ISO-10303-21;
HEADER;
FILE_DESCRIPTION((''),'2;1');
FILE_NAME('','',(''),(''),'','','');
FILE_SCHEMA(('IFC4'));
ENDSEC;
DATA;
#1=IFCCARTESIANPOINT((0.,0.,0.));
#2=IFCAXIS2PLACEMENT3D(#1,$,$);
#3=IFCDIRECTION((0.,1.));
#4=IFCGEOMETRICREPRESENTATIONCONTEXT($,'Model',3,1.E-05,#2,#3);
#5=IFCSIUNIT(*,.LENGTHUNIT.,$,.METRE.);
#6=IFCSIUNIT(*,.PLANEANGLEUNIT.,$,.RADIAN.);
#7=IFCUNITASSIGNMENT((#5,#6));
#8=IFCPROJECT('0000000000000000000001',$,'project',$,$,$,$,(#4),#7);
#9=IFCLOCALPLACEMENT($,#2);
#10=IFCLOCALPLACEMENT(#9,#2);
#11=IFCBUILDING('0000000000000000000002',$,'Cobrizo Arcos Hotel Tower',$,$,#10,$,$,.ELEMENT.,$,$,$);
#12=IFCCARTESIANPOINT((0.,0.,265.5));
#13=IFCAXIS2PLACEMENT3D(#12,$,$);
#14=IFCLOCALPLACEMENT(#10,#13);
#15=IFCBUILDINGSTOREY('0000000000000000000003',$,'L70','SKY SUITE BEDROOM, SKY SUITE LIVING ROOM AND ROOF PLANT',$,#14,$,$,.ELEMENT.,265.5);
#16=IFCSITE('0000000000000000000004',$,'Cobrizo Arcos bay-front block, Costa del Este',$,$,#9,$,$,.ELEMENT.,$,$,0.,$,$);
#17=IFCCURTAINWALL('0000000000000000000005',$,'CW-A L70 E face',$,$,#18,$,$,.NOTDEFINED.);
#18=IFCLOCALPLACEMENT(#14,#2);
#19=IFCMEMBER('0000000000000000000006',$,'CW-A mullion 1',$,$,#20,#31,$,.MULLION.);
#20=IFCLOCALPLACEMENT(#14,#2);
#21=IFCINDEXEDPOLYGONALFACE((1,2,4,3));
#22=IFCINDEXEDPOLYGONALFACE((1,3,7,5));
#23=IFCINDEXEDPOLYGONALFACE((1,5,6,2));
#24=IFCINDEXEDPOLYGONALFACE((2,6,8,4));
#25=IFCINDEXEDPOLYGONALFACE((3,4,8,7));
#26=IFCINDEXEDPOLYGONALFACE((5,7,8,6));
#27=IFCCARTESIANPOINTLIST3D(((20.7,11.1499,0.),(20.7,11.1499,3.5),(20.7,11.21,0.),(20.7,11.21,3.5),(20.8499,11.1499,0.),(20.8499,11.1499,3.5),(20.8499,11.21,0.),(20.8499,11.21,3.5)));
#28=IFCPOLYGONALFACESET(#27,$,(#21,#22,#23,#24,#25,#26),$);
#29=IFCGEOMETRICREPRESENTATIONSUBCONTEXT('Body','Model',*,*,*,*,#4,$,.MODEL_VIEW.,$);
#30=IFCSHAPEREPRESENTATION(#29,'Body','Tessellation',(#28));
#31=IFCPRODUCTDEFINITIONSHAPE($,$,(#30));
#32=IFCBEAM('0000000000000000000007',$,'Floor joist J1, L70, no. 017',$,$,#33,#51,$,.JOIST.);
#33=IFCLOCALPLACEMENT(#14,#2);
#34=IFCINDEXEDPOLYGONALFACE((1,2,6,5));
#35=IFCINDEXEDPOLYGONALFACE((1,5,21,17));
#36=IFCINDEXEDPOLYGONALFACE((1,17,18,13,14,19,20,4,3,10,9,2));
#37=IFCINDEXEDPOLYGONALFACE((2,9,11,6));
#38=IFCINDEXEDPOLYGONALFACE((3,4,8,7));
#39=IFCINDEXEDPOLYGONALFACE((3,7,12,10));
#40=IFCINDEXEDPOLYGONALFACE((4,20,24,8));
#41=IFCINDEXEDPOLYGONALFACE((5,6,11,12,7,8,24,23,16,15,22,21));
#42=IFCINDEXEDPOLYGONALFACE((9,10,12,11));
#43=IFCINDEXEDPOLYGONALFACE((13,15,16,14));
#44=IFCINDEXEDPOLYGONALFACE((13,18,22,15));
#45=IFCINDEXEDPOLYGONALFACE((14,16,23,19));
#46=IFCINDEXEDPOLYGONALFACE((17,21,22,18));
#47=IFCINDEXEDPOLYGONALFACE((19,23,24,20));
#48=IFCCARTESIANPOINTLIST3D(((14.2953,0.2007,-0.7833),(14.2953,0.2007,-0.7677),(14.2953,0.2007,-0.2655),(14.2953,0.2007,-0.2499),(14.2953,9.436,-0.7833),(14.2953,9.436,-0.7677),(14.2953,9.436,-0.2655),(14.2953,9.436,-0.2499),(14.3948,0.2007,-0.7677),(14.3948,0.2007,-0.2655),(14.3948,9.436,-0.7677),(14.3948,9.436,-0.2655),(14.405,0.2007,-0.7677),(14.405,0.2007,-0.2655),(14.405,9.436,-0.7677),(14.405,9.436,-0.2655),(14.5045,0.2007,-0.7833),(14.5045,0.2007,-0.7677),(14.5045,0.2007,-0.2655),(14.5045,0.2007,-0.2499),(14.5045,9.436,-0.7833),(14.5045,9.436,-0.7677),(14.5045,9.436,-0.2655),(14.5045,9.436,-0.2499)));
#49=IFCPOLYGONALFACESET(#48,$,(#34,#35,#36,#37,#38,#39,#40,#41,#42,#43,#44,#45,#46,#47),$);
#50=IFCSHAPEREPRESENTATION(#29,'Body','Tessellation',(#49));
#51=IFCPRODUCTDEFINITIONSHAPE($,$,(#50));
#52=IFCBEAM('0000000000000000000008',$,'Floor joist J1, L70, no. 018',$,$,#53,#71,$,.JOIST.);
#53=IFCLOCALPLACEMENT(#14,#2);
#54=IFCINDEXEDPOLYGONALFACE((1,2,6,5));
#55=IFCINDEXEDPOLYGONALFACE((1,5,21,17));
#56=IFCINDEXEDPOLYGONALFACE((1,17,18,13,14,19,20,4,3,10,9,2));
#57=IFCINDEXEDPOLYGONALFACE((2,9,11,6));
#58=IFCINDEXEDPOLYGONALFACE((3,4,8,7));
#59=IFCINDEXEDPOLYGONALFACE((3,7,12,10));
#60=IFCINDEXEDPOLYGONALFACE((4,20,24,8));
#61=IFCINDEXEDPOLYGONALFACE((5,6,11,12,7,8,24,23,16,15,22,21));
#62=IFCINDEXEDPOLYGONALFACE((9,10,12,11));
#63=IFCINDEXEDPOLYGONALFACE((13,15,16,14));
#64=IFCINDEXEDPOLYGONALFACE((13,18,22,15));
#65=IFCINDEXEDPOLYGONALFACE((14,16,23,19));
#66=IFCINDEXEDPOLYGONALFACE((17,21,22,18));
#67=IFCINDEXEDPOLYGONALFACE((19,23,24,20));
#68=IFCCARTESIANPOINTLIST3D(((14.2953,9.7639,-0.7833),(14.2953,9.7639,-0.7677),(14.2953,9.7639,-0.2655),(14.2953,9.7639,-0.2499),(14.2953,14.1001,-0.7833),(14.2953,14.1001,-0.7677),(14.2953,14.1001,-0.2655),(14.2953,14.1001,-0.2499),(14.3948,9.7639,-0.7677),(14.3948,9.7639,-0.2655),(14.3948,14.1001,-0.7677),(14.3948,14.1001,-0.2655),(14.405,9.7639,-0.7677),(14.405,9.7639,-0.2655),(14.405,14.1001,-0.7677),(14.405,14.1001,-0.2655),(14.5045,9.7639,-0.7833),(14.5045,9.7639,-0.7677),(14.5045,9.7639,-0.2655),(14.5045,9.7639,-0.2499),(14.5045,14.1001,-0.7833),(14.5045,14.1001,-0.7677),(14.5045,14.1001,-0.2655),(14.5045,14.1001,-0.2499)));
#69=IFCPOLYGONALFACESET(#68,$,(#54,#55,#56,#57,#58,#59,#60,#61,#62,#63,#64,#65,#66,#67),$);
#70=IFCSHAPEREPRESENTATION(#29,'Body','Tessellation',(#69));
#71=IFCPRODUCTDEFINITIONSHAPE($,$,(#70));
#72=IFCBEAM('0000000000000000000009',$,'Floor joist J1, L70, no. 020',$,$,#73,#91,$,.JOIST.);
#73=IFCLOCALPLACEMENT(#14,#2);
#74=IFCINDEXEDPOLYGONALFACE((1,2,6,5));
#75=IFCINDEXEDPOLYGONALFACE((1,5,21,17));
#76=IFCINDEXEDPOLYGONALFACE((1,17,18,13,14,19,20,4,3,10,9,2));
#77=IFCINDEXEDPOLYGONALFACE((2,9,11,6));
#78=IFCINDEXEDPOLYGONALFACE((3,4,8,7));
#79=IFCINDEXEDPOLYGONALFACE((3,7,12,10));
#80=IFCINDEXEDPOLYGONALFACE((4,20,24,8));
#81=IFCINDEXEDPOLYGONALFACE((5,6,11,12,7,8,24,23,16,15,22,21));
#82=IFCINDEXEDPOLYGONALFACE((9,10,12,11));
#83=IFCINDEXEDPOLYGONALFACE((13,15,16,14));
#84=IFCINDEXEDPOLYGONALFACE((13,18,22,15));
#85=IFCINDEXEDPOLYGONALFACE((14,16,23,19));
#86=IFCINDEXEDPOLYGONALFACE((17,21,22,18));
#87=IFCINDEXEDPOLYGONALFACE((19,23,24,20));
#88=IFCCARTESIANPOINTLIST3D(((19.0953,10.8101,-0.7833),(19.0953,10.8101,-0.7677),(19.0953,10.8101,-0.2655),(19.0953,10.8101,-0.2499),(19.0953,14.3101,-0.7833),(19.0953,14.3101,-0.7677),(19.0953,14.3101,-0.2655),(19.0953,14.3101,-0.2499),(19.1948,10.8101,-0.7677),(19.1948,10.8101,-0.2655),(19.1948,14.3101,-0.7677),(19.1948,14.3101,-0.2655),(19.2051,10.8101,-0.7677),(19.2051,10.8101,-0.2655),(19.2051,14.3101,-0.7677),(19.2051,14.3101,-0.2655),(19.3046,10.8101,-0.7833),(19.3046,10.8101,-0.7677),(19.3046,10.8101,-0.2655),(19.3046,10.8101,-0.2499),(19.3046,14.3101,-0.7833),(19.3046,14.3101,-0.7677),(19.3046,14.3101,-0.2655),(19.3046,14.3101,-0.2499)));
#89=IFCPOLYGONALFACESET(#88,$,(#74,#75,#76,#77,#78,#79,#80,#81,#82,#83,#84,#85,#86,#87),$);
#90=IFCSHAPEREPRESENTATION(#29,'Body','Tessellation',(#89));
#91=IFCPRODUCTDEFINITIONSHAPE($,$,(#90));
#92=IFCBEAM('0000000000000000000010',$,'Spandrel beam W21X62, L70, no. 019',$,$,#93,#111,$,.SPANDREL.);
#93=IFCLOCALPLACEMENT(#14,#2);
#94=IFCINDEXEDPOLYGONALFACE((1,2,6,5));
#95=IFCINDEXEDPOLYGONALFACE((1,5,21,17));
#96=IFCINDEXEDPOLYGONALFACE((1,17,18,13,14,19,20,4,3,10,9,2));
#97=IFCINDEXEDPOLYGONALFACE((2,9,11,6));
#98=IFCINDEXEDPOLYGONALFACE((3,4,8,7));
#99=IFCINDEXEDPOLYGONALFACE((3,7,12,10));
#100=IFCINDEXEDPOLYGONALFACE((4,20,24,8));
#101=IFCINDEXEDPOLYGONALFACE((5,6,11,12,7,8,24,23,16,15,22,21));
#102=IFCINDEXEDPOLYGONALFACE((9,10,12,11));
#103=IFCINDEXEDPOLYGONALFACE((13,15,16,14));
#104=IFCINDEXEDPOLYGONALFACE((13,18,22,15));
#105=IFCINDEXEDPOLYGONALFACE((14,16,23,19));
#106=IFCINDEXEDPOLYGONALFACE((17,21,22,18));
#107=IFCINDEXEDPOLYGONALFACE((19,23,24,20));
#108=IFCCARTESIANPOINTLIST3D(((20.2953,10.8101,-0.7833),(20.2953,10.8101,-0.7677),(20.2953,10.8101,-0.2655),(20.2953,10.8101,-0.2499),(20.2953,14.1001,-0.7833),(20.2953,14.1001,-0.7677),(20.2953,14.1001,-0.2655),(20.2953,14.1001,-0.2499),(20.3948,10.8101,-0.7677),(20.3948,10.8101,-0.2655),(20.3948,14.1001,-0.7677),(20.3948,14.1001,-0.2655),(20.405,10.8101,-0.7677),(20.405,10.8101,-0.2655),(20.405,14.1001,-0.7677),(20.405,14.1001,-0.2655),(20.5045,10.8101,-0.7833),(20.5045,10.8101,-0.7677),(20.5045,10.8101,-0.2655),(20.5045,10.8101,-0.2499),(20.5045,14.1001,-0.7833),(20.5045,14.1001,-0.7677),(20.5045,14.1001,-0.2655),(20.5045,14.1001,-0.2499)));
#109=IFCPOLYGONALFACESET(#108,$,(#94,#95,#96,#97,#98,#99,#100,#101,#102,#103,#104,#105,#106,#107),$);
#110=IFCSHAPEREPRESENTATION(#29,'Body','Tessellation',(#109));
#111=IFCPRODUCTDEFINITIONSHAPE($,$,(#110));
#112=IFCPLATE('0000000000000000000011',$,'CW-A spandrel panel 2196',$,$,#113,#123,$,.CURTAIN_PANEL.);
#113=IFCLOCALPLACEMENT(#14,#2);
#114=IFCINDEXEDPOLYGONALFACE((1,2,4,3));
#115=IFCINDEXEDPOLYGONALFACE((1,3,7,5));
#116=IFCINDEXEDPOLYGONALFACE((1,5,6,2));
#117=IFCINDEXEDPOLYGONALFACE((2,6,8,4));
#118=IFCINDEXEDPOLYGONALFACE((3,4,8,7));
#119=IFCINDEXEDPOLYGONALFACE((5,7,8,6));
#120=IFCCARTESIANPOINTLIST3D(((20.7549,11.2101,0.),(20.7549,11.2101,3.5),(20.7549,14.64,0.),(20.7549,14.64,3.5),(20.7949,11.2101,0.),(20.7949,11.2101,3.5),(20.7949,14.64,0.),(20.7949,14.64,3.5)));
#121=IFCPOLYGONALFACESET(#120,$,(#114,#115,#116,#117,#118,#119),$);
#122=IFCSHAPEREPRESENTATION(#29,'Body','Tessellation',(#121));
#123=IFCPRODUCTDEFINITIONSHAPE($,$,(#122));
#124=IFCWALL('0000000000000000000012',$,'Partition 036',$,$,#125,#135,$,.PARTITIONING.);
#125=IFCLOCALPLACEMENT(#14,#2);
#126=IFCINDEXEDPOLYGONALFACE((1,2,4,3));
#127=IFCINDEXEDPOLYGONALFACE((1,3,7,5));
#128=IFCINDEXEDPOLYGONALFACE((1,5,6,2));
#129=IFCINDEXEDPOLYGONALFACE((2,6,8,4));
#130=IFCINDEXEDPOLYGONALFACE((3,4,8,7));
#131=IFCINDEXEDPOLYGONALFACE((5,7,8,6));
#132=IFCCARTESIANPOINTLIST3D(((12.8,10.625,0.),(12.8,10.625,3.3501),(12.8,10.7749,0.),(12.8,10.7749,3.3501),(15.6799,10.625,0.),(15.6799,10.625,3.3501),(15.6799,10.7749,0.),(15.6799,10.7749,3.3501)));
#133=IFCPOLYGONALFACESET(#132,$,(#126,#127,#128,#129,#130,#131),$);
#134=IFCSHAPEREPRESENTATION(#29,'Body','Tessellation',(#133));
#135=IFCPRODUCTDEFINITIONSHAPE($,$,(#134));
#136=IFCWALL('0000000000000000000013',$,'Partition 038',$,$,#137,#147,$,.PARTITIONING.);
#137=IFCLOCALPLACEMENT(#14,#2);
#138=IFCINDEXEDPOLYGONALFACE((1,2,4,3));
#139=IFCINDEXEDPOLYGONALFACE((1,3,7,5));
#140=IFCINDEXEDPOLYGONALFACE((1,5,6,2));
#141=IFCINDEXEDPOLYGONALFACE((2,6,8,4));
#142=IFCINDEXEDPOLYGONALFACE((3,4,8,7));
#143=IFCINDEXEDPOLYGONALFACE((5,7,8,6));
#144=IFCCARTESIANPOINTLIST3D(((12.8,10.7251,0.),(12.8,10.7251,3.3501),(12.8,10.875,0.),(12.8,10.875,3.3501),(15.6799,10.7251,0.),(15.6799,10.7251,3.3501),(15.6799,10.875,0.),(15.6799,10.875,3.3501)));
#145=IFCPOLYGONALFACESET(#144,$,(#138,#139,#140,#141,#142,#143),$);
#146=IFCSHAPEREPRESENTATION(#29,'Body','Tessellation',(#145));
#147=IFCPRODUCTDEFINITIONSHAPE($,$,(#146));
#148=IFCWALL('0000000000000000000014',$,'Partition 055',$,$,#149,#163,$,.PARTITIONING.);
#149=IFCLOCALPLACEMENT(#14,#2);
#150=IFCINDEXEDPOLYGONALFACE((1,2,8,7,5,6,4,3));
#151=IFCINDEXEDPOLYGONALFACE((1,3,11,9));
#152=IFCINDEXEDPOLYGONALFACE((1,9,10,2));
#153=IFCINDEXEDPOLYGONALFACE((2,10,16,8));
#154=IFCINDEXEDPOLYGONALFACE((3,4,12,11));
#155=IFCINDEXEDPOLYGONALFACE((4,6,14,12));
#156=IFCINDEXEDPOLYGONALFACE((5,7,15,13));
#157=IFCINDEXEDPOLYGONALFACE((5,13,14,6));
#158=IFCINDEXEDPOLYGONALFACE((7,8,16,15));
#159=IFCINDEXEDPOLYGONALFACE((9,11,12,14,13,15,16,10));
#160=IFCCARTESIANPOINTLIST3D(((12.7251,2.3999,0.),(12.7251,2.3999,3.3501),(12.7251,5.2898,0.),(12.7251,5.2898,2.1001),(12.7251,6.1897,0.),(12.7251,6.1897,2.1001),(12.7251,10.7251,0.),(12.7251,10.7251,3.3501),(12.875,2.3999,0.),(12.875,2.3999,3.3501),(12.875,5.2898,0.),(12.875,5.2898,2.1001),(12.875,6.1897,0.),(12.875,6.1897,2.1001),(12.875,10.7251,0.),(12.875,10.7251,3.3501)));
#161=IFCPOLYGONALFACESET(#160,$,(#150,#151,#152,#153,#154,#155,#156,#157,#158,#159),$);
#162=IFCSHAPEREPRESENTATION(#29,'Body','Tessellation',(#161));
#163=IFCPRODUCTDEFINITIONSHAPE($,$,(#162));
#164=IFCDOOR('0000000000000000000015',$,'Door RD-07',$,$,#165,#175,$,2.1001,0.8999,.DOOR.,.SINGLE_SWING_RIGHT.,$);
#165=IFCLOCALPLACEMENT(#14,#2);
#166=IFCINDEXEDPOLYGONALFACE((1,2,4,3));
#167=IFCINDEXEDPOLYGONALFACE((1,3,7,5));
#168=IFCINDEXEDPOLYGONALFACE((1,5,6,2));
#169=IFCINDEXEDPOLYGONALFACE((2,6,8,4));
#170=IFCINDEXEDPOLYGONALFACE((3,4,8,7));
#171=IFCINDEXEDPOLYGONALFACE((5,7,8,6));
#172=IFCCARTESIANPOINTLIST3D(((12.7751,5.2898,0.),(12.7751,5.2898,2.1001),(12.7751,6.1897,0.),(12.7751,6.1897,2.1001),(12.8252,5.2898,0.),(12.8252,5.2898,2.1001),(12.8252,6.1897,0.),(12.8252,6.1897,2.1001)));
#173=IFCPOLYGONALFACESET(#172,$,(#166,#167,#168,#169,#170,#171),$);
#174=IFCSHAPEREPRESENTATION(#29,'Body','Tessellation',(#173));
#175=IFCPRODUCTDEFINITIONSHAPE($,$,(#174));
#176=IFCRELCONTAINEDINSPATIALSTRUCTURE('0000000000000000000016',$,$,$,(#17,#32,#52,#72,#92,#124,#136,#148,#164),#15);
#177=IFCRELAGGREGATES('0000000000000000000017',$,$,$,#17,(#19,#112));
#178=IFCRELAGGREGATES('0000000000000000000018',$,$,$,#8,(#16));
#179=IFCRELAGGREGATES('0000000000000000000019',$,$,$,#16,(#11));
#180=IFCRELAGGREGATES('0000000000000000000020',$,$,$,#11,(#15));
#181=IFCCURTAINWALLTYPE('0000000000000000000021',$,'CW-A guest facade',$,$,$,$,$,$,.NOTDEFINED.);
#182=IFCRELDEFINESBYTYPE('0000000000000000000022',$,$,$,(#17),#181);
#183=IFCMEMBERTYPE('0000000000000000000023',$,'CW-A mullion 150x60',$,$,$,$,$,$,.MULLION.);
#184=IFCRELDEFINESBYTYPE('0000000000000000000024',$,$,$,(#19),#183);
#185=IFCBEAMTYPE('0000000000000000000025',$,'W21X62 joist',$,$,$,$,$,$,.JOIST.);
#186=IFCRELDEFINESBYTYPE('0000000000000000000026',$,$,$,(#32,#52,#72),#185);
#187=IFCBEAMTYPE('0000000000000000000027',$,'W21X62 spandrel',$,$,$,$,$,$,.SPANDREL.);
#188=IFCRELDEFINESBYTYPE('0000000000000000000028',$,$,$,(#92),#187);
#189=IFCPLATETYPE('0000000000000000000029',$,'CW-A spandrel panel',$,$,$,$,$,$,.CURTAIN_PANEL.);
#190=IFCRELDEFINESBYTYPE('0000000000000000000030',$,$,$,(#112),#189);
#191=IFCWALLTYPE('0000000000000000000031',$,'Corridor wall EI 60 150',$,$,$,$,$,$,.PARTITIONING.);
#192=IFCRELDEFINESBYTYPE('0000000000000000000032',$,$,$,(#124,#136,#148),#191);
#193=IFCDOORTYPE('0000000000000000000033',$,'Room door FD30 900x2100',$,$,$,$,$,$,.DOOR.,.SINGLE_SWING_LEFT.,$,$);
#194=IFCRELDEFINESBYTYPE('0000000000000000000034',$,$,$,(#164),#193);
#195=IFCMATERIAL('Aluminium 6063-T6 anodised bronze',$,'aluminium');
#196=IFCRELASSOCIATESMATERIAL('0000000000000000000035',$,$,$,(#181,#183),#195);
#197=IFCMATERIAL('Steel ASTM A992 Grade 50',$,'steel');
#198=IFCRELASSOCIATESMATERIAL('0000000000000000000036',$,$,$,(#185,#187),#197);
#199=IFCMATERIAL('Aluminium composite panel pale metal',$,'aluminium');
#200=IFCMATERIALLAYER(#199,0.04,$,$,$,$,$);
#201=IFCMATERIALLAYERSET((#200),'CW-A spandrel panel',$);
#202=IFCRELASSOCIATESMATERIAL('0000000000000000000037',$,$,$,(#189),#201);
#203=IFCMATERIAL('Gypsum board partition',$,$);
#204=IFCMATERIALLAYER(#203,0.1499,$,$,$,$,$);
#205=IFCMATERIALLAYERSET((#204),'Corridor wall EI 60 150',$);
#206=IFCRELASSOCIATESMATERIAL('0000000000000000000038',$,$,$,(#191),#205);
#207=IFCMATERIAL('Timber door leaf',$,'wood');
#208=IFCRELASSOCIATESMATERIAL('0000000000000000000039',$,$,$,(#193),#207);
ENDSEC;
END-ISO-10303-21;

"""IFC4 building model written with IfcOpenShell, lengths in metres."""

from ifc_helpers import new_model, si_unit, direction, frame, frame_2d, origin, origin_2d, place, context, subcontext, project, spatial, rectangle, i_section, extrude, material, layer, layer_set, material_profile, profile_set, type_object, element, fill, aggregate, save


model = new_model("IFC4")

# Units and contexts
model_context = context("Model", 3, precision=1e-05, world=origin(), true_north=direction((0.0, 1.0)))
body_context = subcontext(model_context, "Body", "Model", "MODEL_VIEW")
ifc_project = project(units=[si_unit("LENGTHUNIT", "METRE"), si_unit("PLANEANGLEUNIT", "RADIAN")], contexts=[model_context])

# Site, building, storey
site_placement = place(None, origin())
site = spatial("IfcSite", under=ifc_project, at=site_placement, Name="Cobrizo Arcos bay-front block, Costa del Este", CompositionType="ELEMENT", RefElevation=0.0)
building_placement = place(site_placement, origin())
building = spatial("IfcBuilding", under=site, at=building_placement, Name="Cobrizo Arcos Hotel Tower", CompositionType="ELEMENT")
storey_placement = place(building_placement, frame((0.0, 0.0, 265.5)))
storey = spatial("IfcBuildingStorey", under=building, at=storey_placement, Name="L70", Description="SKY SUITE BEDROOM, SKY SUITE LIVING ROOM AND ROOF PLANT", CompositionType="ELEMENT", Elevation=265.5)

# Curtain wall, member
ifc_material_1 = material(Name="Aluminium 6063-T6 anodised bronze", Category="aluminium")
curtain_wall_type = type_object("IfcCurtainWallType", Name="CW-A guest facade", PredefinedType="NOTDEFINED", material=ifc_material_1)
curtain_wall_placement = place(storey_placement, origin())
curtain_wall = element("IfcCurtainWall", 1, at=curtain_wall_placement, inside=storey, type_object=curtain_wall_type, Name="CW-A L70 E face", PredefinedType="NOTDEFINED")
ifc_material_profile_1 = material_profile(ifc_material_1, rectangle(XDim=0.1499, YDim=0.0601, at=origin_2d()), Name="CW-A mullion 150x60")
ifc_profile_set_1 = profile_set([ifc_material_profile_1], Name="Aluminium 6063-T6 anodised bronze")
member_type = type_object("IfcMemberType", Name="CW-A mullion 150x60", PredefinedType="MULLION", material=ifc_profile_set_1)
member_placement = place(storey_placement, frame((20.7749, 11.1799, 0.0), z_axis=(0.0, 0.0, 1.0), x_axis=(1.0, 0.0, 0.0)))
member = element("IfcMember", 2, at=member_placement, type_object=member_type, Name="CW-A mullion 1", PredefinedType="MULLION", context=body_context, shape_type="SweptSolid", body=[
    extrude(rectangle(XDim=0.1499, YDim=0.0601, at=origin_2d()), origin(), (0.0, 0.0, 1.0), 3.5),
])

# Beams
ifc_material_2 = material(Name="Steel ASTM A992 Grade 50", Category="steel")
ifc_material_profile_2 = material_profile(ifc_material_2, i_section(OverallWidth=0.2092, OverallDepth=0.5334, WebThickness=0.0103, FlangeThickness=0.0156, at=origin_2d()), Name="W21X62")
ifc_profile_set_2 = profile_set([ifc_material_profile_2], Name="Steel ASTM A992 Grade 50")
beam_type_1 = type_object("IfcBeamType", Name="W21X62 joist", PredefinedType="JOIST", material=ifc_profile_set_2)
beam_1_placement = place(storey_placement, frame((14.3999, 0.2007, -0.5166), z_axis=(0.0, 1.0, 0.0), x_axis=(-1.0, 0.0, 0.0)))
element("IfcBeam", 3, at=beam_1_placement, inside=storey, type_object=beam_type_1, Name="Floor joist J1, L70, no. 017", PredefinedType="JOIST", context=body_context, shape_type="SweptSolid", body=[
    extrude(i_section(OverallWidth=0.2092, OverallDepth=0.5334, WebThickness=0.0103, FlangeThickness=0.0156, at=origin_2d()), origin(), (0.0, 0.0, 1.0), 9.2354),
])
beam_2_placement = place(storey_placement, frame((14.3999, 9.7639, -0.5166), z_axis=(0.0, 1.0, 0.0), x_axis=(-1.0, 0.0, 0.0)))
element("IfcBeam", 4, at=beam_2_placement, inside=storey, type_object=beam_type_1, Name="Floor joist J1, L70, no. 018", PredefinedType="JOIST", context=body_context, shape_type="SweptSolid", body=[
    extrude(i_section(OverallWidth=0.2092, OverallDepth=0.5334, WebThickness=0.0103, FlangeThickness=0.0156, at=origin_2d()), origin(), (0.0, 0.0, 1.0), 4.3362),
])
beam_3_placement = place(storey_placement, frame((19.2, 10.8101, -0.5166), z_axis=(0.0, 1.0, 0.0), x_axis=(-1.0, 0.0, 0.0)))
element("IfcBeam", 5, at=beam_3_placement, inside=storey, type_object=beam_type_1, Name="Floor joist J1, L70, no. 020", PredefinedType="JOIST", context=body_context, shape_type="SweptSolid", body=[
    extrude(i_section(OverallWidth=0.2092, OverallDepth=0.5334, WebThickness=0.0103, FlangeThickness=0.0156, at=origin_2d()), origin(), (0.0, 0.0, 1.0), 3.5),
])
ifc_material_profile_3 = material_profile(ifc_material_2, i_section(OverallWidth=0.2092, OverallDepth=0.5334, WebThickness=0.0103, FlangeThickness=0.0156, at=origin_2d()), Name="W21X62")
ifc_profile_set_3 = profile_set([ifc_material_profile_3], Name="Steel ASTM A992 Grade 50")
beam_type_2 = type_object("IfcBeamType", Name="W21X62 spandrel", PredefinedType="SPANDREL", material=ifc_profile_set_3)
beam_4_placement = place(storey_placement, frame((20.3999, 14.1001, -0.5166), z_axis=(0.0, -1.0, 0.0), x_axis=(1.0, 0.0, 0.0)))
element("IfcBeam", 6, at=beam_4_placement, inside=storey, type_object=beam_type_2, Name="Spandrel beam W21X62, L70, no. 019", PredefinedType="SPANDREL", context=body_context, shape_type="SweptSolid", body=[
    extrude(i_section(OverallWidth=0.2092, OverallDepth=0.5334, WebThickness=0.0103, FlangeThickness=0.0156, at=origin_2d()), origin(), (0.0, 0.0, 1.0), 3.29),
])

# Plate
ifc_material_3 = material(Name="Aluminium composite panel pale metal", Category="aluminium")
ifc_layer_1 = layer(ifc_material_3, 0.04)
ifc_layer_set_1 = layer_set([ifc_layer_1], Name="CW-A spandrel panel")
plate_type = type_object("IfcPlateType", Name="CW-A spandrel panel", PredefinedType="CURTAIN_PANEL", material=ifc_layer_set_1)
plate_placement = place(storey_placement, frame((20.7749, 12.925, 0.0), z_axis=(0.0, 0.0, 1.0), x_axis=(0.0, 1.0, 0.0)))
plate = element("IfcPlate", 7, at=plate_placement, type_object=plate_type, Name="CW-A spandrel panel 2196", PredefinedType="CURTAIN_PANEL", context=body_context, shape_type="SweptSolid", body=[
    extrude(rectangle(XDim=3.4299, YDim=0.04, at=origin_2d()), origin(), (0.0, 0.0, 1.0), 3.5),
])
aggregate(curtain_wall, [member, plate])

# Walls
ifc_material_4 = material(Name="Gypsum board partition")
ifc_layer_2 = layer(ifc_material_4, 0.1499)
ifc_layer_set_2 = layer_set([ifc_layer_2], Name="Corridor wall EI 60 150")
wall_type_1 = type_object("IfcWallType", Name="Corridor wall EI 60 150", PredefinedType="PARTITIONING", material=ifc_layer_set_2)
for number, where, z_axis, x_axis, name in (
    (8, (12.8, 10.7, 0.0), (0.0, 0.0, 1.0), (1.0, 0.0, 0.0), "Partition 036"),
    (9, (12.8, 10.8, 0.0), (0.0, 0.0, 1.0), (1.0, 0.0, 0.0), "Partition 038"),
):
    element("IfcWall", number, at=place(storey_placement, frame(where, z_axis=z_axis, x_axis=x_axis)), inside=storey, type_object=wall_type_1, Name=name, PredefinedType="PARTITIONING", context=body_context, shape_type="SweptSolid", body=[
        extrude(rectangle(XDim=2.8799, YDim=0.1499, at=frame_2d((1.4399, 0.0))), origin(), (0.0, 0.0, 1.0), 3.3501),
    ])

# Wall, opening, door
wall_1_placement = place(storey_placement, frame((12.8, 2.3999, 0.0), z_axis=(0.0, 0.0, 1.0), x_axis=(0.0, 1.0, 0.0)))
wall_1 = element("IfcWall", 10, at=wall_1_placement, inside=storey, type_object=wall_type_1, Name="Partition 055", PredefinedType="PARTITIONING", context=body_context, shape_type="SweptSolid", body=[
    extrude(rectangle(XDim=8.3252, YDim=0.1499, at=frame_2d((4.1626, 0.0))), origin(), (0.0, 0.0, 1.0), 3.3501),
])
opening_1_placement = place(wall_1_placement, frame((2.8899, 0.0, 0.0)))
opening_1 = element("IfcOpeningElement", 11, at=opening_1_placement, cuts=wall_1, PredefinedType="OPENING", context=body_context, shape_type="SweptSolid", body=[
    extrude(rectangle(XDim=0.8999, YDim=2.1001, at=frame_2d((0.45, 1.05))), frame((0.0, 0.0869, 0.0), z_axis=(0.0, -1.0, 0.0), x_axis=(1.0, 0.0, 0.0)), (0.0, 0.0, 1.0), 0.1738),
])
ifc_material_5 = material(Name="Timber door leaf", Category="wood")
door_type_1 = type_object("IfcDoorType", Name="Room door FD30 900x2100", OperationType="SINGLE_SWING_LEFT", PredefinedType="DOOR", material=ifc_material_5)
door_1_placement = place(opening_1_placement, origin())
door_1 = element("IfcDoor", 12, at=door_1_placement, inside=storey, type_object=door_type_1, Name="Door RD-07", OperationType="SINGLE_SWING_RIGHT", OverallHeight=2.1001, OverallWidth=0.8999, PredefinedType="DOOR", context=body_context, shape_type="SweptSolid", body=[
    extrude(rectangle(XDim=0.8999, YDim=2.1001, at=frame_2d((0.45, 1.05))), frame((0.0, 0.0249, 0.0), z_axis=(0.0, -1.0, 0.0), x_axis=(1.0, 0.0, 0.0)), (0.0, 0.0, 1.0), 0.05),
])
fill(opening_1, door_1)

save(model, "model.ifc")
